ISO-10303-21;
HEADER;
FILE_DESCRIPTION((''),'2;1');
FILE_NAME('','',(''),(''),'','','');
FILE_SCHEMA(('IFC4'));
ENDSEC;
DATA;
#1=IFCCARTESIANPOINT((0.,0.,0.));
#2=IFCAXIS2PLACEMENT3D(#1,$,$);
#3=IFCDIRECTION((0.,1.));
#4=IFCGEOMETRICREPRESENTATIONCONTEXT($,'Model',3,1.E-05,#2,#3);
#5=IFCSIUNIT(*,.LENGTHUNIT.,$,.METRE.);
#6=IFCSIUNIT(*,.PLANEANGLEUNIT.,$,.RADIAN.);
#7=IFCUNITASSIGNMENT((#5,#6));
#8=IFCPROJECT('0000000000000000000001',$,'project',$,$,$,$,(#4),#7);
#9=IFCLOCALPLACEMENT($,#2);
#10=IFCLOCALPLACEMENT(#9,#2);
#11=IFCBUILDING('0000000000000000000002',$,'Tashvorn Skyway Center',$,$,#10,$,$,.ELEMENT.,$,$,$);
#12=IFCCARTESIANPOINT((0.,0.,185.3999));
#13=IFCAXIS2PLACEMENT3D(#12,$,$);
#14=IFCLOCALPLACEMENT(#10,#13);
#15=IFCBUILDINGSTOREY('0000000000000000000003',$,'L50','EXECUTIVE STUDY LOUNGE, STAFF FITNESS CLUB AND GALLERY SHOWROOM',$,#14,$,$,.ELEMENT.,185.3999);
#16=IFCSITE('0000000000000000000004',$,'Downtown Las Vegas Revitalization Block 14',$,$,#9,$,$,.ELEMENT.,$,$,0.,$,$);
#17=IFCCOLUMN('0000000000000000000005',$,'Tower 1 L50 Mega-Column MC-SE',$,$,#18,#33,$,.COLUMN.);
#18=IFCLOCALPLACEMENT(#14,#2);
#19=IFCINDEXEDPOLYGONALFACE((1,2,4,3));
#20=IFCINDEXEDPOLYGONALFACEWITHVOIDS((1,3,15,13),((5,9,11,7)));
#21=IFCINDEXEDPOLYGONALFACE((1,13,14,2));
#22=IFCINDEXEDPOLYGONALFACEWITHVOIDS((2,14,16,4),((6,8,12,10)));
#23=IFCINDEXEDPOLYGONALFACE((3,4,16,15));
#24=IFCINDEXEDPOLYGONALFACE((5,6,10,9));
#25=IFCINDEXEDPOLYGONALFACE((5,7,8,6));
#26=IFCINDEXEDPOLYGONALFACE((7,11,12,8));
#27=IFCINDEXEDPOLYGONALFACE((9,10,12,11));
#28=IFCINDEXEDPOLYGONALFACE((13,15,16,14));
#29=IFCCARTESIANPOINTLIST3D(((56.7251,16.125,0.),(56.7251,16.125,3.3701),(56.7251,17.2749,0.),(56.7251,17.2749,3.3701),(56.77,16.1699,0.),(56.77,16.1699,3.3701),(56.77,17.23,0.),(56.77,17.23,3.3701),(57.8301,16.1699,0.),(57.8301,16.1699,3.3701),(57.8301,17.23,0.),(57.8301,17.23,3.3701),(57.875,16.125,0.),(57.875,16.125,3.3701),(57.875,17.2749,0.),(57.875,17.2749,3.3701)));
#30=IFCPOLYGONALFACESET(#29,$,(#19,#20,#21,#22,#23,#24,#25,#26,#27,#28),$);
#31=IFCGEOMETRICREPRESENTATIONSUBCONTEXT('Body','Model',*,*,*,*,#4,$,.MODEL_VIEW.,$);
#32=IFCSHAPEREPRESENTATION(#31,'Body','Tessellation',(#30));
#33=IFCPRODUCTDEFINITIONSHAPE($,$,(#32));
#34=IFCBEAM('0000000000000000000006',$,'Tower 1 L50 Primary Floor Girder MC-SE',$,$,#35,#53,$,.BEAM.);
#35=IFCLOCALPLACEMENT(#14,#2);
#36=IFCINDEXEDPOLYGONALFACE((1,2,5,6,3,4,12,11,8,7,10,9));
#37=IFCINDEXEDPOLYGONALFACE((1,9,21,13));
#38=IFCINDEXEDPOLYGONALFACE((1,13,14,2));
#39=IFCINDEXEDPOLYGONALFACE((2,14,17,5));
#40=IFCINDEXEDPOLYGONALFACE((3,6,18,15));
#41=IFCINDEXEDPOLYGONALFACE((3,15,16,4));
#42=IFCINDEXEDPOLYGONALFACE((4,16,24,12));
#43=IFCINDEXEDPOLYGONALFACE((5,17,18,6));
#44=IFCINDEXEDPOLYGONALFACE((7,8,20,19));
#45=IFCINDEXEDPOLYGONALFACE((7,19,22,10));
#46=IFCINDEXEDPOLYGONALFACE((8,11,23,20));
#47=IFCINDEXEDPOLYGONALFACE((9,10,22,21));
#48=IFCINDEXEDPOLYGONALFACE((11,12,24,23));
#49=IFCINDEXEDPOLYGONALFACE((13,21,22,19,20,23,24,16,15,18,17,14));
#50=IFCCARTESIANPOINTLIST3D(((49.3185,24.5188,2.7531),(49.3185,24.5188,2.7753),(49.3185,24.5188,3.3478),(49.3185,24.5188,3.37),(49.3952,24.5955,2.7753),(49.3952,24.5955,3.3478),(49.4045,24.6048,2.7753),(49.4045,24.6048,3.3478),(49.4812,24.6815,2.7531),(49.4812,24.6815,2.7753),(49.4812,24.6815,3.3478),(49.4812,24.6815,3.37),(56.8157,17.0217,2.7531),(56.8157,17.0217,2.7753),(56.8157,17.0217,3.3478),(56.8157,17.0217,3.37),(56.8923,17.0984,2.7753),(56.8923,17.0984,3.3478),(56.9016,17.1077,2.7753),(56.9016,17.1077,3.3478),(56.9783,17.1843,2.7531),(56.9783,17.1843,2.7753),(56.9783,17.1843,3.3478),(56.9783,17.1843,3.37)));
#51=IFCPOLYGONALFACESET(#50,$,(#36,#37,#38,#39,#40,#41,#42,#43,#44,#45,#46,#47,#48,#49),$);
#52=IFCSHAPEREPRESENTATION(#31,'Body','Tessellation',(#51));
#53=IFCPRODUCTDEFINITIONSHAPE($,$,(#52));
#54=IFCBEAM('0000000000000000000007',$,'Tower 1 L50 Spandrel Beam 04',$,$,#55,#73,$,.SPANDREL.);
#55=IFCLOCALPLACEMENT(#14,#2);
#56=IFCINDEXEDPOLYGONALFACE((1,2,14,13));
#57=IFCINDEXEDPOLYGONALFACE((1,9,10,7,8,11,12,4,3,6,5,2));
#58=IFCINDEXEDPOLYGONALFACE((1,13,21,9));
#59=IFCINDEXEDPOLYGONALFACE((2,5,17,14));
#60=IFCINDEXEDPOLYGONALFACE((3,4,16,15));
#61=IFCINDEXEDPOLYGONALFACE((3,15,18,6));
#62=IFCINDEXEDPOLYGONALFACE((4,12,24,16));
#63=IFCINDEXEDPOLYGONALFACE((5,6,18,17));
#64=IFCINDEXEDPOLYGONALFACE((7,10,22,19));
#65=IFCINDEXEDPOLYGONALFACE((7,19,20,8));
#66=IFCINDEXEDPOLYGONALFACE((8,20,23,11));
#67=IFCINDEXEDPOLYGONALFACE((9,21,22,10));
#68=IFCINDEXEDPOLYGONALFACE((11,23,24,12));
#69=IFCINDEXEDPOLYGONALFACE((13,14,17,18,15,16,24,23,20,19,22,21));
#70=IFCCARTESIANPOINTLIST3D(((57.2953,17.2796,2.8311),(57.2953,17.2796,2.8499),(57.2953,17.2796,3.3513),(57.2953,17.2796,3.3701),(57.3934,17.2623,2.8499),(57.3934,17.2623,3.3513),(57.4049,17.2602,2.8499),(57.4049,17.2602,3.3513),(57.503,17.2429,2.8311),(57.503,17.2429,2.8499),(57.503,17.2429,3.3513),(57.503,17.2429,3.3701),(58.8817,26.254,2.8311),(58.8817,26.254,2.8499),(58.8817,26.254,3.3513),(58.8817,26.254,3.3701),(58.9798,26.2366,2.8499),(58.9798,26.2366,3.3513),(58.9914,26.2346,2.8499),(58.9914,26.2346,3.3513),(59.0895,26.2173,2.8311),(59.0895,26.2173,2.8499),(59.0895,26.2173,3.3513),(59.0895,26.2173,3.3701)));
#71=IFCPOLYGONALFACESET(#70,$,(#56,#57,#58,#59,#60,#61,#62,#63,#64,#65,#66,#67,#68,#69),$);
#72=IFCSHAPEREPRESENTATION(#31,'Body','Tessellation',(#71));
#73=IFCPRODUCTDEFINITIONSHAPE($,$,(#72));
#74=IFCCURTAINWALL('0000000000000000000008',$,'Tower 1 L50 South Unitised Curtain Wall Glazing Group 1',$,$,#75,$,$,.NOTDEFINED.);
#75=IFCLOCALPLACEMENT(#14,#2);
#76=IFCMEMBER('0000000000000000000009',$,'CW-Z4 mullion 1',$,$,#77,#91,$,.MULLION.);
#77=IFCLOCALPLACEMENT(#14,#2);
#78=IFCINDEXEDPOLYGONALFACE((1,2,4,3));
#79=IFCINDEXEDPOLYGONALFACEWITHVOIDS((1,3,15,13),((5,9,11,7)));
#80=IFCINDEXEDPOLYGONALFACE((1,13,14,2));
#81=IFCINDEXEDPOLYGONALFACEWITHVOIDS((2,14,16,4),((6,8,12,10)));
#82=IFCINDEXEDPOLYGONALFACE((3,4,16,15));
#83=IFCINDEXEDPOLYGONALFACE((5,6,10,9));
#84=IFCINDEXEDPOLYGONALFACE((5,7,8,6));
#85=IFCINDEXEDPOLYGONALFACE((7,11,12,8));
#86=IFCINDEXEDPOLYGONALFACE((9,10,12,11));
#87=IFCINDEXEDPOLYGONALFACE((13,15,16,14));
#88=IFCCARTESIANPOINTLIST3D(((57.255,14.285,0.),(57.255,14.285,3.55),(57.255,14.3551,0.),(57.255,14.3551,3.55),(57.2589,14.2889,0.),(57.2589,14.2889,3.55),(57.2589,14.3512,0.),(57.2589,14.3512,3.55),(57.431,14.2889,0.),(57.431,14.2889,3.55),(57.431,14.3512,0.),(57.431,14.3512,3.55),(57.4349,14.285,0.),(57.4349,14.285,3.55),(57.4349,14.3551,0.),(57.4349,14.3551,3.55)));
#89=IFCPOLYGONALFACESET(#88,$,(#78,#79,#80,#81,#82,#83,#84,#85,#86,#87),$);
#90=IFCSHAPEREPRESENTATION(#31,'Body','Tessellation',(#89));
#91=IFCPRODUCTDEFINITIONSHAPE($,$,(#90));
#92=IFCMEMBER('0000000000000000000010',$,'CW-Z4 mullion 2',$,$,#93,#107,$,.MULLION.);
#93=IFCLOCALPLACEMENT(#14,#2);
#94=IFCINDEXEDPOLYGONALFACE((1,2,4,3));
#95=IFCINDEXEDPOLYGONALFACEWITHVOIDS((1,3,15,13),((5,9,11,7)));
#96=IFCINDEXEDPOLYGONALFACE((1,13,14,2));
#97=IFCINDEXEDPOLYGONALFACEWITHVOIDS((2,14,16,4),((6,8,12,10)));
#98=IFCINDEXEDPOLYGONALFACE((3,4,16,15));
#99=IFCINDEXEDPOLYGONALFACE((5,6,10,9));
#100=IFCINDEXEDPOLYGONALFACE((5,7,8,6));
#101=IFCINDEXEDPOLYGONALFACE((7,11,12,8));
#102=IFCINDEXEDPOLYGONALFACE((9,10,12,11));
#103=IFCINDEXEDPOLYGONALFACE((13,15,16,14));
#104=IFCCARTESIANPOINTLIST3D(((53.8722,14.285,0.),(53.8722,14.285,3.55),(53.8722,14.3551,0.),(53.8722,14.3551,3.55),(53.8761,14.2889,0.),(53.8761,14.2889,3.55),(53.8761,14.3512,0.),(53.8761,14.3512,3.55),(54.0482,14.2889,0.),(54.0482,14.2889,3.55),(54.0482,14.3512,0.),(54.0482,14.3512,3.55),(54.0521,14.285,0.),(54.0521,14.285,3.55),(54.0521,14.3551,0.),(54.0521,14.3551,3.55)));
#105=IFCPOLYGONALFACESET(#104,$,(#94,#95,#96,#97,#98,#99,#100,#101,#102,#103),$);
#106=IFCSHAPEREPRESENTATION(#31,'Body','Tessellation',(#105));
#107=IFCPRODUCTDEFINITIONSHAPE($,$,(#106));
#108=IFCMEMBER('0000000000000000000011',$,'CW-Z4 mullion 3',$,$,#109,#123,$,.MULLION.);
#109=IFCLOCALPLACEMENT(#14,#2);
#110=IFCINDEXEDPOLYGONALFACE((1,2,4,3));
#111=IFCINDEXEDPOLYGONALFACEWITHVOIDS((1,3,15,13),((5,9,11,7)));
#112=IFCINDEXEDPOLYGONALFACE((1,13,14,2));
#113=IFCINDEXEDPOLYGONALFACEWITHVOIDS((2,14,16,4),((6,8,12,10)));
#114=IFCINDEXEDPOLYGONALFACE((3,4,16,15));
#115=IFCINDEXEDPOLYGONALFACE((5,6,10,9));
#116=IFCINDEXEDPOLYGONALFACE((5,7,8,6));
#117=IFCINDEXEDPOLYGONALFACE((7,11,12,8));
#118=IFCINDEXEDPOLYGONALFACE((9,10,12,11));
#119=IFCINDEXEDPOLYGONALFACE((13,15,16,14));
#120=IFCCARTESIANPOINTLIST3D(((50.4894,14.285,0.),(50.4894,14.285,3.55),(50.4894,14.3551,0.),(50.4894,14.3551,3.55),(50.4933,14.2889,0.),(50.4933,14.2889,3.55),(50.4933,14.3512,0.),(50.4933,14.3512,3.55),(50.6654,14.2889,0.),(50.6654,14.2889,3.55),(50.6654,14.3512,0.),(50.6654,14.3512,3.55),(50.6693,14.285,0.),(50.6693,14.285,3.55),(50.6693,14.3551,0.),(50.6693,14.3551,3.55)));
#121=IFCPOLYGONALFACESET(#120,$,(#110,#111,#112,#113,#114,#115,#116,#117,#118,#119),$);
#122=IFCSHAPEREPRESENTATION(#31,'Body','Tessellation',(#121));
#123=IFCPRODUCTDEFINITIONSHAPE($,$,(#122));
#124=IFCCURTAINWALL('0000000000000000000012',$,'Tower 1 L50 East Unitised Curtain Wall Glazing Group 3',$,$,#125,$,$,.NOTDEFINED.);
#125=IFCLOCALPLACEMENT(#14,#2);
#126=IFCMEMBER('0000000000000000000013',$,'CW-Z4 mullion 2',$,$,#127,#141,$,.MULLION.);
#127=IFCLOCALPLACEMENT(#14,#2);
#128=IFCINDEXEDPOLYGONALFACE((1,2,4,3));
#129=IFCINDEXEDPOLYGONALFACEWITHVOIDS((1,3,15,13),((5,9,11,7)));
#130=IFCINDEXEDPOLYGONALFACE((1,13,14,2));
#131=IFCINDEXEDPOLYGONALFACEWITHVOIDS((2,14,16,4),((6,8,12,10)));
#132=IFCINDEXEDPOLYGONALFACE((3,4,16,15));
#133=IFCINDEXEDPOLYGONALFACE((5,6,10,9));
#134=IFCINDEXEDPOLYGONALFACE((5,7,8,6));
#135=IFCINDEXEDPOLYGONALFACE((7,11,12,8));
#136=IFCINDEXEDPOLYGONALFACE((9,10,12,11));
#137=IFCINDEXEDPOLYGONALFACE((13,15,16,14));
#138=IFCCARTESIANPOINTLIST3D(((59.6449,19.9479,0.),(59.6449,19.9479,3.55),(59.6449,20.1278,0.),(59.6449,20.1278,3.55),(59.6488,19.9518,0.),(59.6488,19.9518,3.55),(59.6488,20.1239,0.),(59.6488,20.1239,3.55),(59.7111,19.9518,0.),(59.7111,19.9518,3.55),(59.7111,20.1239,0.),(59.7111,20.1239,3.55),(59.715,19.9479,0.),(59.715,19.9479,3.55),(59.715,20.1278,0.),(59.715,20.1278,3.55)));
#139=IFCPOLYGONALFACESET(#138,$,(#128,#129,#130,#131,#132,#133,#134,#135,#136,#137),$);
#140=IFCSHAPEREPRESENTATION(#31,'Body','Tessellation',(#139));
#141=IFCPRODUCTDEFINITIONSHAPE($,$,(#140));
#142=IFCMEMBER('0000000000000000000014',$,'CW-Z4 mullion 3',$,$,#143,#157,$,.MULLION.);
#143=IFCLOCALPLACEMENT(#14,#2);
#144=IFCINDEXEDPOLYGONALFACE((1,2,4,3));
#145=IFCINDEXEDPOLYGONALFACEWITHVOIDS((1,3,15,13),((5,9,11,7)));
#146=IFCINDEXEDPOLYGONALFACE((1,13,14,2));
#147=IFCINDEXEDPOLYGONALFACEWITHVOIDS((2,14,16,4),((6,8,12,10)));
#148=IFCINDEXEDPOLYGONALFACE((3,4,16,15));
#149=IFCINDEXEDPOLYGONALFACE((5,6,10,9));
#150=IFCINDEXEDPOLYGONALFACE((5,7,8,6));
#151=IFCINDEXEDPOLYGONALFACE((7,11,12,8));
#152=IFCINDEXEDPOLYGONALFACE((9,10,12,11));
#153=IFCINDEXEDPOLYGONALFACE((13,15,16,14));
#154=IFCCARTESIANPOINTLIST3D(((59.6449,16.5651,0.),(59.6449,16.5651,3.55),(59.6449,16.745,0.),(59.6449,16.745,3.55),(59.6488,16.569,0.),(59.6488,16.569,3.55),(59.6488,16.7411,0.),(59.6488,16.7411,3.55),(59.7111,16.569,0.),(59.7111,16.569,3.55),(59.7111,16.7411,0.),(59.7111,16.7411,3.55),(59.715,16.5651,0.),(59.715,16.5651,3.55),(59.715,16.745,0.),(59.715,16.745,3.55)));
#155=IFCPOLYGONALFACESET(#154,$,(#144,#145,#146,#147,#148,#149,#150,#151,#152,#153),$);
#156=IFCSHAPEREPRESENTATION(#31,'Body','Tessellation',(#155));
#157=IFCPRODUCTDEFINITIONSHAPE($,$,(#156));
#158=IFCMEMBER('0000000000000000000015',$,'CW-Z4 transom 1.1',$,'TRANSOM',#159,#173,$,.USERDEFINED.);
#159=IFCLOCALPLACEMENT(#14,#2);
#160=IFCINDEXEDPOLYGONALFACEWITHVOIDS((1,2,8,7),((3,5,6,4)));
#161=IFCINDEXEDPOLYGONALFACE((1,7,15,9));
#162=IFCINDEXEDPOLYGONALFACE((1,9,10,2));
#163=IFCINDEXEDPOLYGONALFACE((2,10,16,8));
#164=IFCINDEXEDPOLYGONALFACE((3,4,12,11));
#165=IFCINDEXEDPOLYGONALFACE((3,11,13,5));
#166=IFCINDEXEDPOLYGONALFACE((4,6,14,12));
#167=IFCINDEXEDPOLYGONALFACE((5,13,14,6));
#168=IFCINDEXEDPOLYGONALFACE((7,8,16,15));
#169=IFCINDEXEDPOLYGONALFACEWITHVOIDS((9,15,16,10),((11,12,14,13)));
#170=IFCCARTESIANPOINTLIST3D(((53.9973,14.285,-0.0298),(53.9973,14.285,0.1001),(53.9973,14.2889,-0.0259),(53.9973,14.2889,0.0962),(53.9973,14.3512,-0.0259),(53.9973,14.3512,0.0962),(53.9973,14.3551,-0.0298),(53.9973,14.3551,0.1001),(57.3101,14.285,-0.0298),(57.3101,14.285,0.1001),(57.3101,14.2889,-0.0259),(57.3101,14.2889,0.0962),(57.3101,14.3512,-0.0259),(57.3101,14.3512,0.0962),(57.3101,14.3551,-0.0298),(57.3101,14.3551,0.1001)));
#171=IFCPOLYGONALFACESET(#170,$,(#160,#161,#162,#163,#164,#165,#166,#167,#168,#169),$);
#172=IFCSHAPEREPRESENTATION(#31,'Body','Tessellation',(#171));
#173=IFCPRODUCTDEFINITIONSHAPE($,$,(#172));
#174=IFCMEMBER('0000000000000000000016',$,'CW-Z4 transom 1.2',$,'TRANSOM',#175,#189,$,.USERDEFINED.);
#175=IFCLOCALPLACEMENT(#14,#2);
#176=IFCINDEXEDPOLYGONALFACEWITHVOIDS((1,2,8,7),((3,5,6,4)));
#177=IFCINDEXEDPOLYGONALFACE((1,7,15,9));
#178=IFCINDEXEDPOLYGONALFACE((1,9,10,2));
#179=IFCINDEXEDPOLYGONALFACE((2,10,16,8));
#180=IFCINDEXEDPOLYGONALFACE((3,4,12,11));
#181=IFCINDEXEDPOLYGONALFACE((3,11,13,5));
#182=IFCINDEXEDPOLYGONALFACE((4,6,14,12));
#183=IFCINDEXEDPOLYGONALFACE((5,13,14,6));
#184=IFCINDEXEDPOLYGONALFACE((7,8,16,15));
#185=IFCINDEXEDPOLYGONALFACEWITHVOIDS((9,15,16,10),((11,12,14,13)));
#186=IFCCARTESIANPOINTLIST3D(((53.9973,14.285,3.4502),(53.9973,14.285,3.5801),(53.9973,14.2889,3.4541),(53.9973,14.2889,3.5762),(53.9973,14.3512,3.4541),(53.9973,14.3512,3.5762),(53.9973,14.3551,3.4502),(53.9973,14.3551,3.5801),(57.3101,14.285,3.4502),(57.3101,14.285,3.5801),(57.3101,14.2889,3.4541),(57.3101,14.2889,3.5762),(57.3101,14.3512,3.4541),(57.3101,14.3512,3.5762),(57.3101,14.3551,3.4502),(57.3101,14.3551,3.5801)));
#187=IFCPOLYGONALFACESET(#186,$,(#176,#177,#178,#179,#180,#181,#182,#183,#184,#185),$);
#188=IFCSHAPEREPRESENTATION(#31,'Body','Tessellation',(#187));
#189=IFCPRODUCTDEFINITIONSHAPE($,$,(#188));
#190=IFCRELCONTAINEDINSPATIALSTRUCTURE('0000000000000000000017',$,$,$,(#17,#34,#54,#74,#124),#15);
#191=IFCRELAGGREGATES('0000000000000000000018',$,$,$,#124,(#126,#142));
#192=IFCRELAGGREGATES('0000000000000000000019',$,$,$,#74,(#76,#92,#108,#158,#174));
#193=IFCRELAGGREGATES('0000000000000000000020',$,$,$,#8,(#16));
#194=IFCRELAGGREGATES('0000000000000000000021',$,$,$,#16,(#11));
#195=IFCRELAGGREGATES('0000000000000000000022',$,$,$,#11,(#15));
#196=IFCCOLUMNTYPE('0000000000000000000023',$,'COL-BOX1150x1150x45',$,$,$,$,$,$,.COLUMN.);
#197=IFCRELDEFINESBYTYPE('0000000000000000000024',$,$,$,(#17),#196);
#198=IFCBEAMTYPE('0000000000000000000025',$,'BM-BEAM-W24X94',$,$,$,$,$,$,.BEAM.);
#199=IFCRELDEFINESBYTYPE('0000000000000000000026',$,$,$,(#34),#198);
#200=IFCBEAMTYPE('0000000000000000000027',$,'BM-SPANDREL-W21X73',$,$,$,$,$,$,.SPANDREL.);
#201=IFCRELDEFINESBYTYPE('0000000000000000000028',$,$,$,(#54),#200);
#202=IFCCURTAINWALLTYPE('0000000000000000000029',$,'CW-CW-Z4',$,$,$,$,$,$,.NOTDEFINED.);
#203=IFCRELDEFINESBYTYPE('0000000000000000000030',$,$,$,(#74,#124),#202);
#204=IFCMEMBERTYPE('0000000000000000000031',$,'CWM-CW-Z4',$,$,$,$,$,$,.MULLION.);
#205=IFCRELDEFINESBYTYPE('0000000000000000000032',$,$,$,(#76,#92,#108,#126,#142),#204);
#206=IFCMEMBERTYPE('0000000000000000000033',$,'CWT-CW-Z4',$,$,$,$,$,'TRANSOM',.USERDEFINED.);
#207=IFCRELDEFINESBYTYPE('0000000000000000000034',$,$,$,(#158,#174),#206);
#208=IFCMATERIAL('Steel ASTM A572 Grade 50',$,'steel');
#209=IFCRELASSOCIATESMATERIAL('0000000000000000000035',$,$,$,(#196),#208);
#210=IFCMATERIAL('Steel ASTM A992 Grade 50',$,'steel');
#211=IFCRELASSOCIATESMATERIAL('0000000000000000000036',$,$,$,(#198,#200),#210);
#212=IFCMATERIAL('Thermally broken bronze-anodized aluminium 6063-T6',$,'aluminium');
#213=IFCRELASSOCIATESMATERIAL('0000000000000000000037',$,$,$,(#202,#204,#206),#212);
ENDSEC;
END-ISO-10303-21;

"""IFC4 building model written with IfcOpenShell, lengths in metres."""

from ifc_helpers import new_model, si_unit, direction, frame, origin, origin_2d, place, context, subcontext, project, spatial, hollow_rectangle, i_section, extrude, material, material_profile, profile_set, type_object, element, aggregate, save


model = new_model("IFC4")

# Units and contexts
model_context = context("Model", 3, precision=1e-05, world=origin(), true_north=direction((0.0, 1.0)))
body_context = subcontext(model_context, "Body", "Model", "MODEL_VIEW")
ifc_project = project(units=[si_unit("LENGTHUNIT", "METRE"), si_unit("PLANEANGLEUNIT", "RADIAN")], contexts=[model_context])

# Site, building, storey
site_placement = place(None, origin())
site = spatial("IfcSite", under=ifc_project, at=site_placement, Name="Downtown Las Vegas Revitalization Block 14", CompositionType="ELEMENT", RefElevation=0.0)
building_placement = place(site_placement, origin())
building = spatial("IfcBuilding", under=site, at=building_placement, Name="Tashvorn Skyway Center", CompositionType="ELEMENT")
storey_placement = place(building_placement, frame((0.0, 0.0, 185.3999)))
storey = spatial("IfcBuildingStorey", under=building, at=storey_placement, Name="L50", Description="EXECUTIVE STUDY LOUNGE, STAFF FITNESS CLUB AND GALLERY SHOWROOM", CompositionType="ELEMENT", Elevation=185.3999)

# Column
ifc_material_1 = material(Name="Steel ASTM A572 Grade 50", Category="steel")
ifc_material_profile_1 = material_profile(ifc_material_1, hollow_rectangle(XDim=1.1499, YDim=1.1499, WallThickness=0.0449, at=origin_2d()), Name="BOX1150x1150x45")
ifc_profile_set_1 = profile_set([ifc_material_profile_1], Name="Steel ASTM A572 Grade 50")
column_type = type_object("IfcColumnType", Name="COL-BOX1150x1150x45", PredefinedType="COLUMN", material=ifc_profile_set_1)
column_placement = place(storey_placement, frame((57.3, 16.7, 0.0), z_axis=(0.0, 0.0, 1.0), x_axis=(1.0, 0.0, 0.0)))
element("IfcColumn", 1, at=column_placement, inside=storey, type_object=column_type, Name="Tower 1 L50 Mega-Column MC-SE", PredefinedType="COLUMN", context=body_context, shape_type="SweptSolid", body=[
    extrude(hollow_rectangle(XDim=1.1499, YDim=1.1499, WallThickness=0.0449, at=origin_2d()), origin(), (0.0, 0.0, 1.0), 3.3701),
])

# Beams
ifc_material_2 = material(Name="Steel ASTM A992 Grade 50", Category="steel")
ifc_material_profile_2 = material_profile(ifc_material_2, i_section(OverallWidth=0.23, OverallDepth=0.6169, WebThickness=0.0132, FlangeThickness=0.0222, at=origin_2d()), Name="W24X94")
ifc_profile_set_2 = profile_set([ifc_material_profile_2], Name="Steel ASTM A992 Grade 50")
beam_type_1 = type_object("IfcBeamType", Name="BM-BEAM-W24X94", PredefinedType="BEAM", material=ifc_profile_set_2)
beam_1_placement = place(storey_placement, frame((56.897, 17.103, 3.0615), z_axis=(-0.707107, 0.707107, 0.0), x_axis=(-0.707107, -0.707107, 0.0)))
element("IfcBeam", 2, at=beam_1_placement, inside=storey, type_object=beam_type_1, Name="Tower 1 L50 Primary Floor Girder MC-SE", PredefinedType="BEAM", context=body_context, shape_type="SweptSolid", body=[
    extrude(i_section(OverallWidth=0.23, OverallDepth=0.6169, WebThickness=0.0132, FlangeThickness=0.0222, at=origin_2d()), origin(), (0.0, 0.0, 1.0), 10.6025),
])
ifc_material_profile_3 = material_profile(ifc_material_2, i_section(OverallWidth=0.2109, OverallDepth=0.5391, WebThickness=0.0117, FlangeThickness=0.0188, at=origin_2d()), Name="W21X73")
ifc_profile_set_3 = profile_set([ifc_material_profile_3], Name="Steel ASTM A992 Grade 50")
beam_type_2 = type_object("IfcBeamType", Name="BM-SPANDREL-W21X73", PredefinedType="SPANDREL", material=ifc_profile_set_3)
beam_2_placement = place(storey_placement, frame((57.3992, 17.2612, 3.1006), z_axis=(0.174074, 0.984733, 0.0), x_axis=(-0.984733, 0.174074, 0.0)))
element("IfcBeam", 3, at=beam_2_placement, inside=storey, type_object=beam_type_2, Name="Tower 1 L50 Spandrel Beam 04", PredefinedType="SPANDREL", context=body_context, shape_type="SweptSolid", body=[
    extrude(i_section(OverallWidth=0.2109, OverallDepth=0.5391, WebThickness=0.0117, FlangeThickness=0.0188, at=origin_2d()), origin(), (0.0, 0.0, 1.0), 9.1135),
])

# Curtain walls, members
ifc_material_3 = material(Name="Thermally broken bronze-anodized aluminium 6063-T6", Category="aluminium")
curtain_wall_type = type_object("IfcCurtainWallType", Name="CW-CW-Z4", PredefinedType="NOTDEFINED", material=ifc_material_3)
curtain_wall_1_placement = place(storey_placement, origin())
curtain_wall_1 = element("IfcCurtainWall", 4, at=curtain_wall_1_placement, inside=storey, type_object=curtain_wall_type, Name="Tower 1 L50 South Unitised Curtain Wall Glazing Group 1", PredefinedType="NOTDEFINED")
ifc_material_profile_4 = material_profile(ifc_material_3, hollow_rectangle(XDim=0.0701, YDim=0.1799, WallThickness=0.0039, at=origin_2d()), Name="ALU-MULL-70x180")
ifc_profile_set_4 = profile_set([ifc_material_profile_4], Name="Thermally broken bronze-anodized aluminium 6063-T6")
member_type_1 = type_object("IfcMemberType", Name="CWM-CW-Z4", PredefinedType="MULLION", material=ifc_profile_set_4)
member_1_placement = place(storey_placement, frame((57.345, 14.3201, 0.0), z_axis=(0.0, 0.0, 1.0), x_axis=(0.0, -1.0, 0.0)))
member_1 = element("IfcMember", 5, at=member_1_placement, type_object=member_type_1, Name="CW-Z4 mullion 1", PredefinedType="MULLION", context=body_context, shape_type="SweptSolid", body=[
    extrude(hollow_rectangle(XDim=0.0701, YDim=0.1799, WallThickness=0.0039, at=origin_2d()), origin(), (0.0, 0.0, 1.0), 3.55),
])
member_2_placement = place(storey_placement, frame((53.9622, 14.3201, 0.0), z_axis=(0.0, 0.0, 1.0), x_axis=(0.0, -1.0, 0.0)))
member_2 = element("IfcMember", 6, at=member_2_placement, type_object=member_type_1, Name="CW-Z4 mullion 2", PredefinedType="MULLION", context=body_context, shape_type="SweptSolid", body=[
    extrude(hollow_rectangle(XDim=0.0701, YDim=0.1799, WallThickness=0.0039, at=origin_2d()), origin(), (0.0, 0.0, 1.0), 3.55),
])
member_3_placement = place(storey_placement, frame((50.5793, 14.3201, 0.0), z_axis=(0.0, 0.0, 1.0), x_axis=(0.0, -1.0, 0.0)))
member_3 = element("IfcMember", 7, at=member_3_placement, type_object=member_type_1, Name="CW-Z4 mullion 3", PredefinedType="MULLION", context=body_context, shape_type="SweptSolid", body=[
    extrude(hollow_rectangle(XDim=0.0701, YDim=0.1799, WallThickness=0.0039, at=origin_2d()), origin(), (0.0, 0.0, 1.0), 3.55),
])
curtain_wall_2_placement = place(storey_placement, origin())
curtain_wall_2 = element("IfcCurtainWall", 8, at=curtain_wall_2_placement, inside=storey, type_object=curtain_wall_type, Name="Tower 1 L50 East Unitised Curtain Wall Glazing Group 3", PredefinedType="NOTDEFINED")
member_4_placement = place(storey_placement, frame((59.6799, 20.0378, 0.0), z_axis=(0.0, 0.0, 1.0), x_axis=(1.0, 0.0, 0.0)))
member_4 = element("IfcMember", 9, at=member_4_placement, type_object=member_type_1, Name="CW-Z4 mullion 2", PredefinedType="MULLION", context=body_context, shape_type="SweptSolid", body=[
    extrude(hollow_rectangle(XDim=0.0701, YDim=0.1799, WallThickness=0.0039, at=origin_2d()), origin(), (0.0, 0.0, 1.0), 3.55),
])
member_5_placement = place(storey_placement, frame((59.6799, 16.655, 0.0), z_axis=(0.0, 0.0, 1.0), x_axis=(1.0, 0.0, 0.0)))
member_5 = element("IfcMember", 10, at=member_5_placement, type_object=member_type_1, Name="CW-Z4 mullion 3", PredefinedType="MULLION", context=body_context, shape_type="SweptSolid", body=[
    extrude(hollow_rectangle(XDim=0.0701, YDim=0.1799, WallThickness=0.0039, at=origin_2d()), origin(), (0.0, 0.0, 1.0), 3.55),
])
aggregate(curtain_wall_2, [member_4, member_5])

# Members
ifc_material_profile_5 = material_profile(ifc_material_3, hollow_rectangle(XDim=0.0701, YDim=0.1299, WallThickness=0.0039, at=origin_2d()), Name="ALU-TRAN-70x130")
ifc_profile_set_5 = profile_set([ifc_material_profile_5], Name="Thermally broken bronze-anodized aluminium 6063-T6")
member_type_2 = type_object("IfcMemberType", Name="CWT-CW-Z4", ElementType="TRANSOM", PredefinedType="USERDEFINED", material=ifc_profile_set_5)
member_6_placement = place(storey_placement, frame((57.3101, 14.3201, 0.0352), z_axis=(-1.0, 0.0, 0.0), x_axis=(0.0, -1.0, 0.0)))
member_6 = element("IfcMember", 11, at=member_6_placement, type_object=member_type_2, Name="CW-Z4 transom 1.1", ObjectType="TRANSOM", PredefinedType="USERDEFINED", context=body_context, shape_type="SweptSolid", body=[
    extrude(hollow_rectangle(XDim=0.0701, YDim=0.1299, WallThickness=0.0039, at=origin_2d()), origin(), (0.0, 0.0, 1.0), 3.3127),
])
member_7_placement = place(storey_placement, frame((57.3101, 14.3201, 3.5151), z_axis=(-1.0, 0.0, 0.0), x_axis=(0.0, -1.0, 0.0)))
member_7 = element("IfcMember", 12, at=member_7_placement, type_object=member_type_2, Name="CW-Z4 transom 1.2", ObjectType="TRANSOM", PredefinedType="USERDEFINED", context=body_context, shape_type="SweptSolid", body=[
    extrude(hollow_rectangle(XDim=0.0701, YDim=0.1299, WallThickness=0.0039, at=origin_2d()), origin(), (0.0, 0.0, 1.0), 3.3127),
])

aggregate(curtain_wall_1, [member_1, member_2, member_3, member_6, member_7])

save(model, "model.ifc")
